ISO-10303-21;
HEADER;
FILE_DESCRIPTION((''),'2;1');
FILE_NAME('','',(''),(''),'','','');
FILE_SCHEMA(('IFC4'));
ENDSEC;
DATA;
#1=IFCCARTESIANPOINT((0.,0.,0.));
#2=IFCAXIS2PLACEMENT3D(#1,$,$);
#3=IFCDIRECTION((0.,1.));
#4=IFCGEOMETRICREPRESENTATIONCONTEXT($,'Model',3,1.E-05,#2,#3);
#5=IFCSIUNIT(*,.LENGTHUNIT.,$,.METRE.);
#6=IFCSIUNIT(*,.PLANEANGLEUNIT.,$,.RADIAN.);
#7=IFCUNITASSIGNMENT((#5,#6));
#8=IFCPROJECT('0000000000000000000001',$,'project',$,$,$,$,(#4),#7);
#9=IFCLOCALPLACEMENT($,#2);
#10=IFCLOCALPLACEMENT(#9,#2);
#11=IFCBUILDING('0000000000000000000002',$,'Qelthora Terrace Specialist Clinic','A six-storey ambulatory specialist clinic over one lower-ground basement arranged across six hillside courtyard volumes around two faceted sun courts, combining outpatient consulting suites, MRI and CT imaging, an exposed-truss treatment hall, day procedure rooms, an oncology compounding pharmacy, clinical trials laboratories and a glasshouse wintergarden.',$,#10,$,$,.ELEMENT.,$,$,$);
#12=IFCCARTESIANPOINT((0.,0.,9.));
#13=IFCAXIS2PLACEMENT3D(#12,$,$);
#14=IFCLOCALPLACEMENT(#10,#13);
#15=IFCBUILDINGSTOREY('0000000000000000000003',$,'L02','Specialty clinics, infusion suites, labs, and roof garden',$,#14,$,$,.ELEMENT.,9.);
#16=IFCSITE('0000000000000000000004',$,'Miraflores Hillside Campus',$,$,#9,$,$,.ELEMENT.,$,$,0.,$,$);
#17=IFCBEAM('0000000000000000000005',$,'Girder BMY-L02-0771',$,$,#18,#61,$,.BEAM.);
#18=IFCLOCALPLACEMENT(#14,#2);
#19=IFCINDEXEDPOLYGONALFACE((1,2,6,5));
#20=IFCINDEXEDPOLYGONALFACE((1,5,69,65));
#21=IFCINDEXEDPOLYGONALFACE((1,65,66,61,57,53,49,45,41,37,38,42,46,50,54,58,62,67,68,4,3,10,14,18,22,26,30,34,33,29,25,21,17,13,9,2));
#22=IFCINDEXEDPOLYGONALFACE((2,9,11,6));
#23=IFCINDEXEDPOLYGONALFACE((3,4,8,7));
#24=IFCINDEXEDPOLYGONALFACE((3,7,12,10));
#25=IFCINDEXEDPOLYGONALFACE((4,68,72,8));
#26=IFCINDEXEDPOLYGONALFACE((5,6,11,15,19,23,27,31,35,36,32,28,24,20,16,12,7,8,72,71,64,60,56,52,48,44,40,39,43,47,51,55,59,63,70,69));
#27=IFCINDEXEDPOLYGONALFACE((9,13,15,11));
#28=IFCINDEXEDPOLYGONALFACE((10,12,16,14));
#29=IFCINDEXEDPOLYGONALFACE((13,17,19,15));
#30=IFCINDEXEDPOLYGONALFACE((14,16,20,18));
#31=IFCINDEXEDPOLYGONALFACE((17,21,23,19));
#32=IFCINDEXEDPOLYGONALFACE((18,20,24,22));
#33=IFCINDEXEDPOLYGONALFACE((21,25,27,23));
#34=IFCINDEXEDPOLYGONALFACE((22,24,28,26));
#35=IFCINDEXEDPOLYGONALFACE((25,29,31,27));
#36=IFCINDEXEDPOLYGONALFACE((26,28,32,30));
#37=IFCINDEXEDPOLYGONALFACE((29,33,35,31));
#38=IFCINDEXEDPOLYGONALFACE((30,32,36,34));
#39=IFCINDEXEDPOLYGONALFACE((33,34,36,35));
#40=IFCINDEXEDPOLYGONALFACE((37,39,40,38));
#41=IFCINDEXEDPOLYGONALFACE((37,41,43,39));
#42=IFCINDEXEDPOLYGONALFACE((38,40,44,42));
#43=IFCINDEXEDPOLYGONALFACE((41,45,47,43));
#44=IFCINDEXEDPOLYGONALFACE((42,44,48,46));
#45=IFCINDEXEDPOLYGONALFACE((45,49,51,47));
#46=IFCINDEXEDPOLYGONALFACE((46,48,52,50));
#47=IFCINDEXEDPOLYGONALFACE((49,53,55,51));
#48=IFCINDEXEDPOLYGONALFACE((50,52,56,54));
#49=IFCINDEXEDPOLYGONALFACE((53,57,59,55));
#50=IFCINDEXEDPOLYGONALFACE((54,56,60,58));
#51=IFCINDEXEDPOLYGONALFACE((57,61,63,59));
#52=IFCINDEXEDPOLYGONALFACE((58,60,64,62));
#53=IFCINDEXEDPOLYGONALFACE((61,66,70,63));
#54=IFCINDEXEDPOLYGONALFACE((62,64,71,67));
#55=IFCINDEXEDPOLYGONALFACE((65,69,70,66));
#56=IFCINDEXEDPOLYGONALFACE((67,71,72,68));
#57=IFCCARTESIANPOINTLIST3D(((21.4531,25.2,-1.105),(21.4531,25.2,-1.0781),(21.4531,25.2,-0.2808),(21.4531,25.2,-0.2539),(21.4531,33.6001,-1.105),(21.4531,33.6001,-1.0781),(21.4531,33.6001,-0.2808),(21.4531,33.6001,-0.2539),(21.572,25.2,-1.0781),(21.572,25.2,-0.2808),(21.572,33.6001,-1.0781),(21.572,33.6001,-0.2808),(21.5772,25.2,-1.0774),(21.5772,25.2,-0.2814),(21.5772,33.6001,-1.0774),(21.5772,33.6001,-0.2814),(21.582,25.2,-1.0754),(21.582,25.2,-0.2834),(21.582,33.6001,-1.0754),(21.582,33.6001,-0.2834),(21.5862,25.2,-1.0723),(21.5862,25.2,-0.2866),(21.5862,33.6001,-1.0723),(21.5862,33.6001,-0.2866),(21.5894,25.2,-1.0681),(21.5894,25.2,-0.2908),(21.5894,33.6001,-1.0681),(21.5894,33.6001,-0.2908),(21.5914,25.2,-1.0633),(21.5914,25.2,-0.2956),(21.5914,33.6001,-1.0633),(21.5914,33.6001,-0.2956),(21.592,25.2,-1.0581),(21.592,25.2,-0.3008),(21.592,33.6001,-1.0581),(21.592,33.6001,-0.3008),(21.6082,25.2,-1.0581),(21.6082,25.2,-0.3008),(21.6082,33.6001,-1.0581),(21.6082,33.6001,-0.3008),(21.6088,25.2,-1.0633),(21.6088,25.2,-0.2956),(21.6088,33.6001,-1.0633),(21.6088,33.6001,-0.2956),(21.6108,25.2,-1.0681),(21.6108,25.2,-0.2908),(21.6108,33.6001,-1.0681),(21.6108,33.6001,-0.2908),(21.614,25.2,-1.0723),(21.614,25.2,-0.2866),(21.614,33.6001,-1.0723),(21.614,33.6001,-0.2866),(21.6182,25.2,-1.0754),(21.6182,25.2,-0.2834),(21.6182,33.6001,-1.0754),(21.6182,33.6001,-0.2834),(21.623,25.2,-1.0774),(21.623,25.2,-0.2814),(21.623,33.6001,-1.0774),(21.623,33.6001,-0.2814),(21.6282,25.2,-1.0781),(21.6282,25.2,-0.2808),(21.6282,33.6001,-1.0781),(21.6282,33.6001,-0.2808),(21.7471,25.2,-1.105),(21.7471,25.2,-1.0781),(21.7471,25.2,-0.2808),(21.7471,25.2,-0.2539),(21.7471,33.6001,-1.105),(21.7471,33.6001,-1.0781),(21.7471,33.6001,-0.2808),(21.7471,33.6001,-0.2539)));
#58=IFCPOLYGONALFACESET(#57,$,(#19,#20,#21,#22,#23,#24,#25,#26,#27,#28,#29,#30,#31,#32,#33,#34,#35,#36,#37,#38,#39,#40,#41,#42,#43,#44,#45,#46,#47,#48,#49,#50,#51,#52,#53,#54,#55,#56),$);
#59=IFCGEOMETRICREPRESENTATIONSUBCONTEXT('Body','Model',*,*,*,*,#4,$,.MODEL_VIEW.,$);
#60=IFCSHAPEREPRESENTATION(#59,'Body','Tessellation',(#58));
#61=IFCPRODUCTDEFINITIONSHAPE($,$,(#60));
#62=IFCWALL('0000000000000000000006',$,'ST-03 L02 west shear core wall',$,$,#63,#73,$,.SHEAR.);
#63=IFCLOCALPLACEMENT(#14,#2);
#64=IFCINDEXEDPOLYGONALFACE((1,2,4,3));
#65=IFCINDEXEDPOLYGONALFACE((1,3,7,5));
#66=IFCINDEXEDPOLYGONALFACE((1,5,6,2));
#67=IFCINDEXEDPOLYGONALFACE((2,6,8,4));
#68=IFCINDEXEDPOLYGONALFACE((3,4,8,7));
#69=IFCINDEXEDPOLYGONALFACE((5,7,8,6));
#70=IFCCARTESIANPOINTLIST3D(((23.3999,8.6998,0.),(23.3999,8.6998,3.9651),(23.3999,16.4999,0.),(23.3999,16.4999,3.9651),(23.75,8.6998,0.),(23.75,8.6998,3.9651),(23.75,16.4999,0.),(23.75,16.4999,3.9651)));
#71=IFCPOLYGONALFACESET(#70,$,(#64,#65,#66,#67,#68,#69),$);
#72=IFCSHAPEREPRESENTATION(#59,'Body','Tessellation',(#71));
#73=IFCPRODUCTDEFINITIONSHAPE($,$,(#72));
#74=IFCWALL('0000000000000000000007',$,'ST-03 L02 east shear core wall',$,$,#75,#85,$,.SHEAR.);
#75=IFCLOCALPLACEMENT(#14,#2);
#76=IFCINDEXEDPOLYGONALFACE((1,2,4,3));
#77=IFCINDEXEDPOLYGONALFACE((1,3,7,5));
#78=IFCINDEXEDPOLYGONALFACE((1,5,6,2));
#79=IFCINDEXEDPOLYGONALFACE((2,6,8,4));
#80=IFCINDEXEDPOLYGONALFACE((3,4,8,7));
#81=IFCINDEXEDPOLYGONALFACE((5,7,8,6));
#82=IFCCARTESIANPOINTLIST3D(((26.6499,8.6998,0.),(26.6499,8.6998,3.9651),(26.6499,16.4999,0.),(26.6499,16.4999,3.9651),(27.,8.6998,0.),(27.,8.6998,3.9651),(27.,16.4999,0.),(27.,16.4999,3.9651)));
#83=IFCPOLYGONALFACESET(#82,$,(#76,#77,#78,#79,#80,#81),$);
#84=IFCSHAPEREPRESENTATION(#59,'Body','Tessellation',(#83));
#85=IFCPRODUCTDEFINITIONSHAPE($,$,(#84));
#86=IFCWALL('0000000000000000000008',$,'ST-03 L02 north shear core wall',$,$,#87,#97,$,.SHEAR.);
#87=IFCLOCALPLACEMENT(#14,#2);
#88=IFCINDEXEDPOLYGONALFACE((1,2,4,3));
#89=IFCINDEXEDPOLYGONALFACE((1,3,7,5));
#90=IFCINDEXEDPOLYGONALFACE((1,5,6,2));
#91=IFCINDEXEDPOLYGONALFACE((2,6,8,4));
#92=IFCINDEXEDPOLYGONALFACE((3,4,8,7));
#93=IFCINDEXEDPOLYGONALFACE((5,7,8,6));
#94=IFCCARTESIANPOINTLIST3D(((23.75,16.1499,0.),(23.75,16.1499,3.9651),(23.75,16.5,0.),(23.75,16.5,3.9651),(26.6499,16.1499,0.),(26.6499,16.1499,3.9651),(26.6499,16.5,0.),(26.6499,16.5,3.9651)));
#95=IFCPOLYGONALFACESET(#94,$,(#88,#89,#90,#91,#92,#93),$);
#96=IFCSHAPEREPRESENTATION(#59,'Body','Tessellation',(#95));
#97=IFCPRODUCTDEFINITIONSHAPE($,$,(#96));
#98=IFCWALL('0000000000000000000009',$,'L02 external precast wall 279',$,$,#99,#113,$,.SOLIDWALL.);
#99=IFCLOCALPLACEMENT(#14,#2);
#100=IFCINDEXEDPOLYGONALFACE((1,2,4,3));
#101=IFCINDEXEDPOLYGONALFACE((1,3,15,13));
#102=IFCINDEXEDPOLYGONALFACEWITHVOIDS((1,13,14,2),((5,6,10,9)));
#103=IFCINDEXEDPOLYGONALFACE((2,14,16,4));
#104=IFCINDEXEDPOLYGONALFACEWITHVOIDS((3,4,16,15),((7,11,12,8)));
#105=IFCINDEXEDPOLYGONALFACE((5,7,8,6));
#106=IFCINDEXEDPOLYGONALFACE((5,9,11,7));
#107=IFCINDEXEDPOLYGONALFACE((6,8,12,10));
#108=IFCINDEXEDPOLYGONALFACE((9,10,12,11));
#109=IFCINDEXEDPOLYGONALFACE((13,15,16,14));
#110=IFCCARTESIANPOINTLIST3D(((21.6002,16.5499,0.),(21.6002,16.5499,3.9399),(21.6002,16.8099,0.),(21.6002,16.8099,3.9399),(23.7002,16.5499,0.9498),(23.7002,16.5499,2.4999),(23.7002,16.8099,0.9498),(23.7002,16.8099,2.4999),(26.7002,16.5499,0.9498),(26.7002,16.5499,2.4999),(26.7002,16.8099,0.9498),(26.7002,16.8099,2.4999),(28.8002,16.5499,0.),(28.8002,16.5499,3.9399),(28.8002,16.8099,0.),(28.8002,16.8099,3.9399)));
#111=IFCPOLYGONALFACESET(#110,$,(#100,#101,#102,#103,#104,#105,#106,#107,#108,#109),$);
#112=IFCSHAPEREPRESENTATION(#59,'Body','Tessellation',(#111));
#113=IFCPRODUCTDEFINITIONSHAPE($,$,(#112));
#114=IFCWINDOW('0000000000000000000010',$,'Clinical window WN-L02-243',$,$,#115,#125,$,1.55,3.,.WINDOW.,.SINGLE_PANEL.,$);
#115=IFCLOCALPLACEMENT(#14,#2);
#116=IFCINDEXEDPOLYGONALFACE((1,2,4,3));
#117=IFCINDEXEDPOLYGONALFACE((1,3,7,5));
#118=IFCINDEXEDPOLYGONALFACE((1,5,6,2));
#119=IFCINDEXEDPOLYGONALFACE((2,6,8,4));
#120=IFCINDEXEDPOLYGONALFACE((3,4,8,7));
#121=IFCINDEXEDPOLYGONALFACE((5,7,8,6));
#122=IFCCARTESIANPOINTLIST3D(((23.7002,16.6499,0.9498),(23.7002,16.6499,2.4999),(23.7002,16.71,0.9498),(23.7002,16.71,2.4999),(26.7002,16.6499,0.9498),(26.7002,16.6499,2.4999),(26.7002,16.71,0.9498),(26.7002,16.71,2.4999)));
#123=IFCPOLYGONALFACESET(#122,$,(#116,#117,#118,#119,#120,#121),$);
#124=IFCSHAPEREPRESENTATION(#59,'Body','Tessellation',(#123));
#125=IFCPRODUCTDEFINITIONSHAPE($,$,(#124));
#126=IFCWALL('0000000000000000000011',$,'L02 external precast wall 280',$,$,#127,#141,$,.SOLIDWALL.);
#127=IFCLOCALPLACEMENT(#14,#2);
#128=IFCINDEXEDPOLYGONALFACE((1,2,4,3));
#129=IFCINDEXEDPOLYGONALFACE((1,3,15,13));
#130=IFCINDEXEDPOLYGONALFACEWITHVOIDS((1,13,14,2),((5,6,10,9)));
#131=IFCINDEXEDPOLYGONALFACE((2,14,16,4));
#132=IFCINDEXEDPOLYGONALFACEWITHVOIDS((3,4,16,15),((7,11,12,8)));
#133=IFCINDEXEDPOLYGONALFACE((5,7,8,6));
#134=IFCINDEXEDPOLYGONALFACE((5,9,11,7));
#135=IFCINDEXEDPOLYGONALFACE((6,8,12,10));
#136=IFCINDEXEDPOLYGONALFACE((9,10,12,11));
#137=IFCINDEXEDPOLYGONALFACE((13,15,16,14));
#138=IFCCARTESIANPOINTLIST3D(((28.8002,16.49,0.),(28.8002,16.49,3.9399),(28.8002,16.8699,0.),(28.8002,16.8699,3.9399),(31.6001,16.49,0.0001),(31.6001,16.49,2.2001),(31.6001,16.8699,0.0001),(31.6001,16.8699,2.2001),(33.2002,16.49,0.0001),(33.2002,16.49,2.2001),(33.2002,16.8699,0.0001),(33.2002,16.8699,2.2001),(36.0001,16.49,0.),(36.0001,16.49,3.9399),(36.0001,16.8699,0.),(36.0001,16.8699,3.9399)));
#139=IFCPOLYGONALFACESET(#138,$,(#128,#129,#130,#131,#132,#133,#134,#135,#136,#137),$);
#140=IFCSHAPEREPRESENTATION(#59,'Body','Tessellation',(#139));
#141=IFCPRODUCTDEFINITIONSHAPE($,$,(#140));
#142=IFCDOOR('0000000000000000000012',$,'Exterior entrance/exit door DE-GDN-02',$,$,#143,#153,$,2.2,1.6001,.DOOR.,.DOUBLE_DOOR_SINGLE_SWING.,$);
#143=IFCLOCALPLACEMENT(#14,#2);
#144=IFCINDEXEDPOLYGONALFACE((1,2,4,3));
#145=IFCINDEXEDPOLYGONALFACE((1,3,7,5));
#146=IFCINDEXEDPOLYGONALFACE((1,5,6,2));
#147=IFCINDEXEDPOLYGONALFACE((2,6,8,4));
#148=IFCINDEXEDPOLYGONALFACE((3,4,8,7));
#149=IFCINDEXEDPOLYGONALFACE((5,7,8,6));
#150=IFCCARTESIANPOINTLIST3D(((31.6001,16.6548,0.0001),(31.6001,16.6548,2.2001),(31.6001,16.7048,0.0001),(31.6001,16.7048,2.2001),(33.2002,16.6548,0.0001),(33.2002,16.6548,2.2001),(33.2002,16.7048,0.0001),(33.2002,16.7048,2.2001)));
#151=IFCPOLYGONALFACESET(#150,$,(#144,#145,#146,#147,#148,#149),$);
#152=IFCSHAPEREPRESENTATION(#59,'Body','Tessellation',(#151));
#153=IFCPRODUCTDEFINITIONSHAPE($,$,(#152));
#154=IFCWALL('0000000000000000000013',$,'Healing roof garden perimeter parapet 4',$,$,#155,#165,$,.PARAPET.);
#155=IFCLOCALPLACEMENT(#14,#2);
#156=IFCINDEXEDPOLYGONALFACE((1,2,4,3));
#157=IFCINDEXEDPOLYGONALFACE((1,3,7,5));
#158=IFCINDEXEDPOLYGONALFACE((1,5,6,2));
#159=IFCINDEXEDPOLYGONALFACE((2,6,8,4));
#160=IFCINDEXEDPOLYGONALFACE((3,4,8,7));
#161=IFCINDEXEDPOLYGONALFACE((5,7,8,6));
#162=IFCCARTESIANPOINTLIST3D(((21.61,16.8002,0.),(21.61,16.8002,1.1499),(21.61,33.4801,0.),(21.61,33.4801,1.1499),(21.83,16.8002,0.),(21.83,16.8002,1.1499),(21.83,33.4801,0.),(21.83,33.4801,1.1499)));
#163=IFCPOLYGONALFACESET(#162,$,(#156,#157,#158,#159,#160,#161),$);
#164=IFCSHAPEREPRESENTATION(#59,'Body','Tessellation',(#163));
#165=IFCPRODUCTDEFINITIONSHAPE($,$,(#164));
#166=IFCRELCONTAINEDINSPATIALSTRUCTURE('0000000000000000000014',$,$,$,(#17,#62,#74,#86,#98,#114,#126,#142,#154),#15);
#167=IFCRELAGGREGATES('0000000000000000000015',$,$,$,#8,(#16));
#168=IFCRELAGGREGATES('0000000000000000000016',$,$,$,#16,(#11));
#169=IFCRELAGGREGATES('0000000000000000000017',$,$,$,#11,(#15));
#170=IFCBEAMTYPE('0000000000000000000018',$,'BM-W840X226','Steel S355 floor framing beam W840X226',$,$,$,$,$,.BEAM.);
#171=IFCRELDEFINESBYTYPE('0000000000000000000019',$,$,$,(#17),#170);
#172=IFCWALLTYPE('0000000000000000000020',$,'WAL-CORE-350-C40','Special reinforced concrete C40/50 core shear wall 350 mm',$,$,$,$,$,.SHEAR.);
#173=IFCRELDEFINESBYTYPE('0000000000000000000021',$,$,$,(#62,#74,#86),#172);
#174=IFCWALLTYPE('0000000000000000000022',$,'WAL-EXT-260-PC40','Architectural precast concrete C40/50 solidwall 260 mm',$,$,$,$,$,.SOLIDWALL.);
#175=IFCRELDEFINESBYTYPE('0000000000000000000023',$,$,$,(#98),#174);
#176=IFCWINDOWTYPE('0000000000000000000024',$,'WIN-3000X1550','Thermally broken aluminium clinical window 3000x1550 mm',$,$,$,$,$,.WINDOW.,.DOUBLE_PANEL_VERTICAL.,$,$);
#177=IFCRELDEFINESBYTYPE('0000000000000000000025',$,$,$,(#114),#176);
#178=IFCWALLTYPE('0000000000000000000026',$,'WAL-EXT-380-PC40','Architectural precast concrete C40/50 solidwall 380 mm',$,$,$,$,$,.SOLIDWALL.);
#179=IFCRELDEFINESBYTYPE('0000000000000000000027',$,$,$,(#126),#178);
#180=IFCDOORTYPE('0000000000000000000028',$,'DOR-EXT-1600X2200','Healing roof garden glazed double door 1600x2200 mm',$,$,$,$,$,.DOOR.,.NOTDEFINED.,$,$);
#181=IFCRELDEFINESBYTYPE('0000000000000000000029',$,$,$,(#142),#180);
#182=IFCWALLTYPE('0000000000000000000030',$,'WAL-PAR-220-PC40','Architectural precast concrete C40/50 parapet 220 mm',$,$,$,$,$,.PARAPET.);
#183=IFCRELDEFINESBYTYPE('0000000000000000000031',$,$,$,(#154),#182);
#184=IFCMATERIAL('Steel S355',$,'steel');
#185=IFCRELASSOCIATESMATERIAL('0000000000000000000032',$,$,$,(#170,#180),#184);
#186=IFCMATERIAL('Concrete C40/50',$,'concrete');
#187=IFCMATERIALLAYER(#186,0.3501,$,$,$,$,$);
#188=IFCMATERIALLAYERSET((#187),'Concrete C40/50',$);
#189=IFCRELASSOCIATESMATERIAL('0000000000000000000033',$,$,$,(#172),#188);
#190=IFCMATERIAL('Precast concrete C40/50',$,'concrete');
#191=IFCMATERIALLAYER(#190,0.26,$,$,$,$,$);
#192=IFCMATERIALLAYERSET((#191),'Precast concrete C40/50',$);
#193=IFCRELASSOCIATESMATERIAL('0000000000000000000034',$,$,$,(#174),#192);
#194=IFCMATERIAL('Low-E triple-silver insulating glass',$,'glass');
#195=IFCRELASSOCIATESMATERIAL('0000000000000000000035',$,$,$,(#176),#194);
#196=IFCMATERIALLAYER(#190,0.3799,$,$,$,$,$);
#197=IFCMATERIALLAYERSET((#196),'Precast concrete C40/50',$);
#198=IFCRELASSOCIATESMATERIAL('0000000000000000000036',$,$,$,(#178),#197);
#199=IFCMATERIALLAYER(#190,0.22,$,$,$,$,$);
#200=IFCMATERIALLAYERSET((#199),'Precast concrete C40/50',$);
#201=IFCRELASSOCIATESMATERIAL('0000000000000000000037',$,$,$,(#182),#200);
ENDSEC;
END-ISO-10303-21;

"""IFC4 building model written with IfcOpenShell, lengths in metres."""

from ifc_helpers import new_model, si_unit, direction, frame, frame_2d, origin, origin_2d, place, context, subcontext, project, spatial, rectangle, i_section, extrude, material, layer, layer_set, material_profile, profile_set, type_object, element, fill, save


model = new_model("IFC4")

# Units and contexts
model_context = context("Model", 3, precision=1e-05, world=origin(), true_north=direction((0.0, 1.0)))
body_context = subcontext(model_context, "Body", "Model", "MODEL_VIEW")
ifc_project = project(units=[si_unit("LENGTHUNIT", "METRE"), si_unit("PLANEANGLEUNIT", "RADIAN")], contexts=[model_context])

# Site, building, storey
site_placement = place(None, origin())
site = spatial("IfcSite", under=ifc_project, at=site_placement, Name="Miraflores Hillside Campus", CompositionType="ELEMENT", RefElevation=0.0)
building_placement = place(site_placement, origin())
building = spatial("IfcBuilding", under=site, at=building_placement, Name="Qelthora Terrace Specialist Clinic", Description="A six-storey ambulatory specialist clinic over one lower-ground basement arranged across six hillside courtyard volumes around two faceted sun courts, combining outpatient consulting suites, MRI and CT imaging, an exposed-truss treatment hall, day procedure rooms, an oncology compounding pharmacy, clinical trials laboratories and a glasshouse wintergarden.", CompositionType="ELEMENT")
storey_placement = place(building_placement, frame((0.0, 0.0, 9.0)))
storey = spatial("IfcBuildingStorey", under=building, at=storey_placement, Name="L02", Description="Specialty clinics, infusion suites, labs, and roof garden", CompositionType="ELEMENT", Elevation=9.0)

# Beam
ifc_material_1 = material(Name="Steel S355", Category="steel")
ifc_material_profile_1 = material_profile(ifc_material_1, i_section(OverallWidth=0.2939, OverallDepth=0.8511, WebThickness=0.0161, FlangeThickness=0.0269, FilletRadius=0.02, at=origin_2d()), Name="W840X226")
ifc_profile_set_1 = profile_set([ifc_material_profile_1], Name="Steel S355")
beam_type_1 = type_object("IfcBeamType", Name="BM-W840X226", Description="Steel S355 floor framing beam W840X226", PredefinedType="BEAM", material=ifc_profile_set_1)
beam_1_placement = place(storey_placement, frame((21.6001, 25.2, -0.6794), z_axis=(0.0, 1.0, 0.0), x_axis=(-1.0, 0.0, 0.0)))
element("IfcBeam", 1, at=beam_1_placement, inside=storey, type_object=beam_type_1, Name="Girder BMY-L02-0771", PredefinedType="BEAM", context=body_context, shape_type="SweptSolid", body=[
    extrude(i_section(OverallWidth=0.2939, OverallDepth=0.8511, WebThickness=0.0161, FlangeThickness=0.0269, FilletRadius=0.02, at=origin_2d()), origin(), (0.0, 0.0, 1.0), 8.4001),
])

# Walls
ifc_material_2 = material(Name="Concrete C40/50", Category="concrete")
ifc_layer_1 = layer(ifc_material_2, 0.3501)
ifc_layer_set_1 = layer_set([ifc_layer_1], Name="Concrete C40/50")
wall_type_1 = type_object("IfcWallType", Name="WAL-CORE-350-C40", Description="Special reinforced concrete C40/50 core shear wall 350 mm", PredefinedType="SHEAR", material=ifc_layer_set_1)
for number, where, z_axis, x_axis, name in (
    (2, (23.575, 8.7, 0.0), (0.0, 0.0, 1.0), (0.0, 1.0, 0.0), "ST-03 L02 west shear core wall"),
    (3, (26.825, 8.7, 0.0), (0.0, 0.0, 1.0), (0.0, 1.0, 0.0), "ST-03 L02 east shear core wall"),
):
    element("IfcWall", number, at=place(storey_placement, frame(where, z_axis=z_axis, x_axis=x_axis)), inside=storey, type_object=wall_type_1, Name=name, PredefinedType="SHEAR", context=body_context, shape_type="SweptSolid", body=[
        extrude(rectangle(XDim=7.8, YDim=0.3501, at=frame_2d((3.8999, 0.0))), origin(), (0.0, 0.0, 1.0), 3.9651),
    ])
wall_1_placement = place(storey_placement, frame((23.75, 16.325, 0.0), z_axis=(0.0, 0.0, 1.0), x_axis=(1.0, 0.0, 0.0)))
element("IfcWall", 4, at=wall_1_placement, inside=storey, type_object=wall_type_1, Name="ST-03 L02 north shear core wall", PredefinedType="SHEAR", context=body_context, shape_type="SweptSolid", body=[
    extrude(rectangle(XDim=2.8999, YDim=0.3501, at=frame_2d((1.45, 0.0))), origin(), (0.0, 0.0, 1.0), 3.9651),
])

# Wall, opening, window
ifc_material_3 = material(Name="Precast concrete C40/50", Category="concrete")
ifc_layer_2 = layer(ifc_material_3, 0.26)
ifc_layer_set_2 = layer_set([ifc_layer_2], Name="Precast concrete C40/50")
wall_type_2 = type_object("IfcWallType", Name="WAL-EXT-260-PC40", Description="Architectural precast concrete C40/50 solidwall 260 mm", PredefinedType="SOLIDWALL", material=ifc_layer_set_2)
wall_2_placement = place(storey_placement, frame((21.6001, 16.6799, 0.0), z_axis=(0.0, 0.0, 1.0), x_axis=(1.0, 0.0, 0.0)))
wall_2 = element("IfcWall", 5, at=wall_2_placement, inside=storey, type_object=wall_type_2, Name="L02 external precast wall 279", PredefinedType="SOLIDWALL", context=body_context, shape_type="SweptSolid", body=[
    extrude(rectangle(XDim=7.2, YDim=0.26, at=frame_2d((3.6001, 0.0))), origin(), (0.0, 0.0, 1.0), 3.9399),
])
opening_1_placement = place(wall_2_placement, frame((2.1001, 0.0, 0.95)))
opening_1 = element("IfcOpeningElement", 6, at=opening_1_placement, cuts=wall_2, PredefinedType="OPENING", context=body_context, shape_type="SweptSolid", body=[
    extrude(rectangle(XDim=3.0, YDim=1.55, at=frame_2d((1.5, 0.7749))), frame((0.0, 0.1399, 0.0), z_axis=(0.0, -1.0, 0.0), x_axis=(1.0, 0.0, 0.0)), (0.0, 0.0, 1.0), 0.28),
])
ifc_material_4 = material(Name="Low-E triple-silver insulating glass", Category="glass")
window_type = type_object("IfcWindowType", Name="WIN-3000X1550", Description="Thermally broken aluminium clinical window 3000x1550 mm", PartitioningType="DOUBLE_PANEL_VERTICAL", PredefinedType="WINDOW", material=ifc_material_4)
window_placement = place(opening_1_placement, origin())
window = element("IfcWindow", 7, at=window_placement, inside=storey, type_object=window_type, Name="Clinical window WN-L02-243", OverallHeight=1.55, OverallWidth=3.0, PartitioningType="SINGLE_PANEL", PredefinedType="WINDOW", context=body_context, shape_type="SweptSolid", body=[
    extrude(rectangle(XDim=3.0, YDim=1.55, at=frame_2d((1.5, 0.7749))), frame((0.0, 0.03, 0.0), z_axis=(0.0, -1.0, 0.0), x_axis=(1.0, 0.0, 0.0)), (0.0, 0.0, 1.0), 0.0601),
])
fill(opening_1, window)

# Wall, opening, door
ifc_layer_3 = layer(ifc_material_3, 0.3799)
ifc_layer_set_3 = layer_set([ifc_layer_3], Name="Precast concrete C40/50")
wall_type_3 = type_object("IfcWallType", Name="WAL-EXT-380-PC40", Description="Architectural precast concrete C40/50 solidwall 380 mm", PredefinedType="SOLIDWALL", material=ifc_layer_set_3)
wall_3_placement = place(storey_placement, frame((28.8, 16.6799, 0.0), z_axis=(0.0, 0.0, 1.0), x_axis=(1.0, 0.0, 0.0)))
wall_3 = element("IfcWall", 8, at=wall_3_placement, inside=storey, type_object=wall_type_3, Name="L02 external precast wall 280", PredefinedType="SOLIDWALL", context=body_context, shape_type="SweptSolid", body=[
    extrude(rectangle(XDim=7.2, YDim=0.3799, at=frame_2d((3.6001, 0.0))), origin(), (0.0, 0.0, 1.0), 3.9399),
])
opening_2_placement = place(wall_3_placement, frame((2.8, 0.0, 0.0)))
opening_2 = element("IfcOpeningElement", 9, at=opening_2_placement, cuts=wall_3, PredefinedType="OPENING", context=body_context, shape_type="SweptSolid", body=[
    extrude(rectangle(XDim=1.6001, YDim=2.2, at=frame_2d((0.8, 1.1001))), frame((0.0, 0.2, 0.0), z_axis=(0.0, -1.0, 0.0), x_axis=(1.0, 0.0, 0.0)), (0.0, 0.0, 1.0), 0.3999),
])
door_type_1 = type_object("IfcDoorType", Name="DOR-EXT-1600X2200", Description="Healing roof garden glazed double door 1600x2200 mm", OperationType="NOTDEFINED", PredefinedType="DOOR", material=ifc_material_1)
door_1_placement = place(opening_2_placement, origin())
door_1 = element("IfcDoor", 10, at=door_1_placement, inside=storey, type_object=door_type_1, Name="Exterior entrance/exit door DE-GDN-02", OperationType="DOUBLE_DOOR_SINGLE_SWING", OverallHeight=2.2, OverallWidth=1.6001, PredefinedType="DOOR", context=body_context, shape_type="SweptSolid", body=[
    extrude(rectangle(XDim=1.6001, YDim=2.2, at=frame_2d((0.8, 1.1001))), frame((0.0, 0.0249, 0.0), z_axis=(0.0, -1.0, 0.0), x_axis=(1.0, 0.0, 0.0)), (0.0, 0.0, 1.0), 0.05),
])
fill(opening_2, door_1)

# Wall
ifc_layer_4 = layer(ifc_material_3, 0.22)
ifc_layer_set_4 = layer_set([ifc_layer_4], Name="Precast concrete C40/50")
wall_type_4 = type_object("IfcWallType", Name="WAL-PAR-220-PC40", Description="Architectural precast concrete C40/50 parapet 220 mm", PredefinedType="PARAPET", material=ifc_layer_set_4)
wall_4_placement = place(storey_placement, frame((21.72, 33.48, 0.0), z_axis=(0.0, 0.0, 1.0), x_axis=(0.0, -1.0, 0.0)))
element("IfcWall", 11, at=wall_4_placement, inside=storey, type_object=wall_type_4, Name="Healing roof garden perimeter parapet 4", PredefinedType="PARAPET", context=body_context, shape_type="SweptSolid", body=[
    extrude(rectangle(XDim=16.6799, YDim=0.22, at=frame_2d((8.3398, 0.0))), origin(), (0.0, 0.0, 1.0), 1.1499),
])

save(model, "model.ifc")
